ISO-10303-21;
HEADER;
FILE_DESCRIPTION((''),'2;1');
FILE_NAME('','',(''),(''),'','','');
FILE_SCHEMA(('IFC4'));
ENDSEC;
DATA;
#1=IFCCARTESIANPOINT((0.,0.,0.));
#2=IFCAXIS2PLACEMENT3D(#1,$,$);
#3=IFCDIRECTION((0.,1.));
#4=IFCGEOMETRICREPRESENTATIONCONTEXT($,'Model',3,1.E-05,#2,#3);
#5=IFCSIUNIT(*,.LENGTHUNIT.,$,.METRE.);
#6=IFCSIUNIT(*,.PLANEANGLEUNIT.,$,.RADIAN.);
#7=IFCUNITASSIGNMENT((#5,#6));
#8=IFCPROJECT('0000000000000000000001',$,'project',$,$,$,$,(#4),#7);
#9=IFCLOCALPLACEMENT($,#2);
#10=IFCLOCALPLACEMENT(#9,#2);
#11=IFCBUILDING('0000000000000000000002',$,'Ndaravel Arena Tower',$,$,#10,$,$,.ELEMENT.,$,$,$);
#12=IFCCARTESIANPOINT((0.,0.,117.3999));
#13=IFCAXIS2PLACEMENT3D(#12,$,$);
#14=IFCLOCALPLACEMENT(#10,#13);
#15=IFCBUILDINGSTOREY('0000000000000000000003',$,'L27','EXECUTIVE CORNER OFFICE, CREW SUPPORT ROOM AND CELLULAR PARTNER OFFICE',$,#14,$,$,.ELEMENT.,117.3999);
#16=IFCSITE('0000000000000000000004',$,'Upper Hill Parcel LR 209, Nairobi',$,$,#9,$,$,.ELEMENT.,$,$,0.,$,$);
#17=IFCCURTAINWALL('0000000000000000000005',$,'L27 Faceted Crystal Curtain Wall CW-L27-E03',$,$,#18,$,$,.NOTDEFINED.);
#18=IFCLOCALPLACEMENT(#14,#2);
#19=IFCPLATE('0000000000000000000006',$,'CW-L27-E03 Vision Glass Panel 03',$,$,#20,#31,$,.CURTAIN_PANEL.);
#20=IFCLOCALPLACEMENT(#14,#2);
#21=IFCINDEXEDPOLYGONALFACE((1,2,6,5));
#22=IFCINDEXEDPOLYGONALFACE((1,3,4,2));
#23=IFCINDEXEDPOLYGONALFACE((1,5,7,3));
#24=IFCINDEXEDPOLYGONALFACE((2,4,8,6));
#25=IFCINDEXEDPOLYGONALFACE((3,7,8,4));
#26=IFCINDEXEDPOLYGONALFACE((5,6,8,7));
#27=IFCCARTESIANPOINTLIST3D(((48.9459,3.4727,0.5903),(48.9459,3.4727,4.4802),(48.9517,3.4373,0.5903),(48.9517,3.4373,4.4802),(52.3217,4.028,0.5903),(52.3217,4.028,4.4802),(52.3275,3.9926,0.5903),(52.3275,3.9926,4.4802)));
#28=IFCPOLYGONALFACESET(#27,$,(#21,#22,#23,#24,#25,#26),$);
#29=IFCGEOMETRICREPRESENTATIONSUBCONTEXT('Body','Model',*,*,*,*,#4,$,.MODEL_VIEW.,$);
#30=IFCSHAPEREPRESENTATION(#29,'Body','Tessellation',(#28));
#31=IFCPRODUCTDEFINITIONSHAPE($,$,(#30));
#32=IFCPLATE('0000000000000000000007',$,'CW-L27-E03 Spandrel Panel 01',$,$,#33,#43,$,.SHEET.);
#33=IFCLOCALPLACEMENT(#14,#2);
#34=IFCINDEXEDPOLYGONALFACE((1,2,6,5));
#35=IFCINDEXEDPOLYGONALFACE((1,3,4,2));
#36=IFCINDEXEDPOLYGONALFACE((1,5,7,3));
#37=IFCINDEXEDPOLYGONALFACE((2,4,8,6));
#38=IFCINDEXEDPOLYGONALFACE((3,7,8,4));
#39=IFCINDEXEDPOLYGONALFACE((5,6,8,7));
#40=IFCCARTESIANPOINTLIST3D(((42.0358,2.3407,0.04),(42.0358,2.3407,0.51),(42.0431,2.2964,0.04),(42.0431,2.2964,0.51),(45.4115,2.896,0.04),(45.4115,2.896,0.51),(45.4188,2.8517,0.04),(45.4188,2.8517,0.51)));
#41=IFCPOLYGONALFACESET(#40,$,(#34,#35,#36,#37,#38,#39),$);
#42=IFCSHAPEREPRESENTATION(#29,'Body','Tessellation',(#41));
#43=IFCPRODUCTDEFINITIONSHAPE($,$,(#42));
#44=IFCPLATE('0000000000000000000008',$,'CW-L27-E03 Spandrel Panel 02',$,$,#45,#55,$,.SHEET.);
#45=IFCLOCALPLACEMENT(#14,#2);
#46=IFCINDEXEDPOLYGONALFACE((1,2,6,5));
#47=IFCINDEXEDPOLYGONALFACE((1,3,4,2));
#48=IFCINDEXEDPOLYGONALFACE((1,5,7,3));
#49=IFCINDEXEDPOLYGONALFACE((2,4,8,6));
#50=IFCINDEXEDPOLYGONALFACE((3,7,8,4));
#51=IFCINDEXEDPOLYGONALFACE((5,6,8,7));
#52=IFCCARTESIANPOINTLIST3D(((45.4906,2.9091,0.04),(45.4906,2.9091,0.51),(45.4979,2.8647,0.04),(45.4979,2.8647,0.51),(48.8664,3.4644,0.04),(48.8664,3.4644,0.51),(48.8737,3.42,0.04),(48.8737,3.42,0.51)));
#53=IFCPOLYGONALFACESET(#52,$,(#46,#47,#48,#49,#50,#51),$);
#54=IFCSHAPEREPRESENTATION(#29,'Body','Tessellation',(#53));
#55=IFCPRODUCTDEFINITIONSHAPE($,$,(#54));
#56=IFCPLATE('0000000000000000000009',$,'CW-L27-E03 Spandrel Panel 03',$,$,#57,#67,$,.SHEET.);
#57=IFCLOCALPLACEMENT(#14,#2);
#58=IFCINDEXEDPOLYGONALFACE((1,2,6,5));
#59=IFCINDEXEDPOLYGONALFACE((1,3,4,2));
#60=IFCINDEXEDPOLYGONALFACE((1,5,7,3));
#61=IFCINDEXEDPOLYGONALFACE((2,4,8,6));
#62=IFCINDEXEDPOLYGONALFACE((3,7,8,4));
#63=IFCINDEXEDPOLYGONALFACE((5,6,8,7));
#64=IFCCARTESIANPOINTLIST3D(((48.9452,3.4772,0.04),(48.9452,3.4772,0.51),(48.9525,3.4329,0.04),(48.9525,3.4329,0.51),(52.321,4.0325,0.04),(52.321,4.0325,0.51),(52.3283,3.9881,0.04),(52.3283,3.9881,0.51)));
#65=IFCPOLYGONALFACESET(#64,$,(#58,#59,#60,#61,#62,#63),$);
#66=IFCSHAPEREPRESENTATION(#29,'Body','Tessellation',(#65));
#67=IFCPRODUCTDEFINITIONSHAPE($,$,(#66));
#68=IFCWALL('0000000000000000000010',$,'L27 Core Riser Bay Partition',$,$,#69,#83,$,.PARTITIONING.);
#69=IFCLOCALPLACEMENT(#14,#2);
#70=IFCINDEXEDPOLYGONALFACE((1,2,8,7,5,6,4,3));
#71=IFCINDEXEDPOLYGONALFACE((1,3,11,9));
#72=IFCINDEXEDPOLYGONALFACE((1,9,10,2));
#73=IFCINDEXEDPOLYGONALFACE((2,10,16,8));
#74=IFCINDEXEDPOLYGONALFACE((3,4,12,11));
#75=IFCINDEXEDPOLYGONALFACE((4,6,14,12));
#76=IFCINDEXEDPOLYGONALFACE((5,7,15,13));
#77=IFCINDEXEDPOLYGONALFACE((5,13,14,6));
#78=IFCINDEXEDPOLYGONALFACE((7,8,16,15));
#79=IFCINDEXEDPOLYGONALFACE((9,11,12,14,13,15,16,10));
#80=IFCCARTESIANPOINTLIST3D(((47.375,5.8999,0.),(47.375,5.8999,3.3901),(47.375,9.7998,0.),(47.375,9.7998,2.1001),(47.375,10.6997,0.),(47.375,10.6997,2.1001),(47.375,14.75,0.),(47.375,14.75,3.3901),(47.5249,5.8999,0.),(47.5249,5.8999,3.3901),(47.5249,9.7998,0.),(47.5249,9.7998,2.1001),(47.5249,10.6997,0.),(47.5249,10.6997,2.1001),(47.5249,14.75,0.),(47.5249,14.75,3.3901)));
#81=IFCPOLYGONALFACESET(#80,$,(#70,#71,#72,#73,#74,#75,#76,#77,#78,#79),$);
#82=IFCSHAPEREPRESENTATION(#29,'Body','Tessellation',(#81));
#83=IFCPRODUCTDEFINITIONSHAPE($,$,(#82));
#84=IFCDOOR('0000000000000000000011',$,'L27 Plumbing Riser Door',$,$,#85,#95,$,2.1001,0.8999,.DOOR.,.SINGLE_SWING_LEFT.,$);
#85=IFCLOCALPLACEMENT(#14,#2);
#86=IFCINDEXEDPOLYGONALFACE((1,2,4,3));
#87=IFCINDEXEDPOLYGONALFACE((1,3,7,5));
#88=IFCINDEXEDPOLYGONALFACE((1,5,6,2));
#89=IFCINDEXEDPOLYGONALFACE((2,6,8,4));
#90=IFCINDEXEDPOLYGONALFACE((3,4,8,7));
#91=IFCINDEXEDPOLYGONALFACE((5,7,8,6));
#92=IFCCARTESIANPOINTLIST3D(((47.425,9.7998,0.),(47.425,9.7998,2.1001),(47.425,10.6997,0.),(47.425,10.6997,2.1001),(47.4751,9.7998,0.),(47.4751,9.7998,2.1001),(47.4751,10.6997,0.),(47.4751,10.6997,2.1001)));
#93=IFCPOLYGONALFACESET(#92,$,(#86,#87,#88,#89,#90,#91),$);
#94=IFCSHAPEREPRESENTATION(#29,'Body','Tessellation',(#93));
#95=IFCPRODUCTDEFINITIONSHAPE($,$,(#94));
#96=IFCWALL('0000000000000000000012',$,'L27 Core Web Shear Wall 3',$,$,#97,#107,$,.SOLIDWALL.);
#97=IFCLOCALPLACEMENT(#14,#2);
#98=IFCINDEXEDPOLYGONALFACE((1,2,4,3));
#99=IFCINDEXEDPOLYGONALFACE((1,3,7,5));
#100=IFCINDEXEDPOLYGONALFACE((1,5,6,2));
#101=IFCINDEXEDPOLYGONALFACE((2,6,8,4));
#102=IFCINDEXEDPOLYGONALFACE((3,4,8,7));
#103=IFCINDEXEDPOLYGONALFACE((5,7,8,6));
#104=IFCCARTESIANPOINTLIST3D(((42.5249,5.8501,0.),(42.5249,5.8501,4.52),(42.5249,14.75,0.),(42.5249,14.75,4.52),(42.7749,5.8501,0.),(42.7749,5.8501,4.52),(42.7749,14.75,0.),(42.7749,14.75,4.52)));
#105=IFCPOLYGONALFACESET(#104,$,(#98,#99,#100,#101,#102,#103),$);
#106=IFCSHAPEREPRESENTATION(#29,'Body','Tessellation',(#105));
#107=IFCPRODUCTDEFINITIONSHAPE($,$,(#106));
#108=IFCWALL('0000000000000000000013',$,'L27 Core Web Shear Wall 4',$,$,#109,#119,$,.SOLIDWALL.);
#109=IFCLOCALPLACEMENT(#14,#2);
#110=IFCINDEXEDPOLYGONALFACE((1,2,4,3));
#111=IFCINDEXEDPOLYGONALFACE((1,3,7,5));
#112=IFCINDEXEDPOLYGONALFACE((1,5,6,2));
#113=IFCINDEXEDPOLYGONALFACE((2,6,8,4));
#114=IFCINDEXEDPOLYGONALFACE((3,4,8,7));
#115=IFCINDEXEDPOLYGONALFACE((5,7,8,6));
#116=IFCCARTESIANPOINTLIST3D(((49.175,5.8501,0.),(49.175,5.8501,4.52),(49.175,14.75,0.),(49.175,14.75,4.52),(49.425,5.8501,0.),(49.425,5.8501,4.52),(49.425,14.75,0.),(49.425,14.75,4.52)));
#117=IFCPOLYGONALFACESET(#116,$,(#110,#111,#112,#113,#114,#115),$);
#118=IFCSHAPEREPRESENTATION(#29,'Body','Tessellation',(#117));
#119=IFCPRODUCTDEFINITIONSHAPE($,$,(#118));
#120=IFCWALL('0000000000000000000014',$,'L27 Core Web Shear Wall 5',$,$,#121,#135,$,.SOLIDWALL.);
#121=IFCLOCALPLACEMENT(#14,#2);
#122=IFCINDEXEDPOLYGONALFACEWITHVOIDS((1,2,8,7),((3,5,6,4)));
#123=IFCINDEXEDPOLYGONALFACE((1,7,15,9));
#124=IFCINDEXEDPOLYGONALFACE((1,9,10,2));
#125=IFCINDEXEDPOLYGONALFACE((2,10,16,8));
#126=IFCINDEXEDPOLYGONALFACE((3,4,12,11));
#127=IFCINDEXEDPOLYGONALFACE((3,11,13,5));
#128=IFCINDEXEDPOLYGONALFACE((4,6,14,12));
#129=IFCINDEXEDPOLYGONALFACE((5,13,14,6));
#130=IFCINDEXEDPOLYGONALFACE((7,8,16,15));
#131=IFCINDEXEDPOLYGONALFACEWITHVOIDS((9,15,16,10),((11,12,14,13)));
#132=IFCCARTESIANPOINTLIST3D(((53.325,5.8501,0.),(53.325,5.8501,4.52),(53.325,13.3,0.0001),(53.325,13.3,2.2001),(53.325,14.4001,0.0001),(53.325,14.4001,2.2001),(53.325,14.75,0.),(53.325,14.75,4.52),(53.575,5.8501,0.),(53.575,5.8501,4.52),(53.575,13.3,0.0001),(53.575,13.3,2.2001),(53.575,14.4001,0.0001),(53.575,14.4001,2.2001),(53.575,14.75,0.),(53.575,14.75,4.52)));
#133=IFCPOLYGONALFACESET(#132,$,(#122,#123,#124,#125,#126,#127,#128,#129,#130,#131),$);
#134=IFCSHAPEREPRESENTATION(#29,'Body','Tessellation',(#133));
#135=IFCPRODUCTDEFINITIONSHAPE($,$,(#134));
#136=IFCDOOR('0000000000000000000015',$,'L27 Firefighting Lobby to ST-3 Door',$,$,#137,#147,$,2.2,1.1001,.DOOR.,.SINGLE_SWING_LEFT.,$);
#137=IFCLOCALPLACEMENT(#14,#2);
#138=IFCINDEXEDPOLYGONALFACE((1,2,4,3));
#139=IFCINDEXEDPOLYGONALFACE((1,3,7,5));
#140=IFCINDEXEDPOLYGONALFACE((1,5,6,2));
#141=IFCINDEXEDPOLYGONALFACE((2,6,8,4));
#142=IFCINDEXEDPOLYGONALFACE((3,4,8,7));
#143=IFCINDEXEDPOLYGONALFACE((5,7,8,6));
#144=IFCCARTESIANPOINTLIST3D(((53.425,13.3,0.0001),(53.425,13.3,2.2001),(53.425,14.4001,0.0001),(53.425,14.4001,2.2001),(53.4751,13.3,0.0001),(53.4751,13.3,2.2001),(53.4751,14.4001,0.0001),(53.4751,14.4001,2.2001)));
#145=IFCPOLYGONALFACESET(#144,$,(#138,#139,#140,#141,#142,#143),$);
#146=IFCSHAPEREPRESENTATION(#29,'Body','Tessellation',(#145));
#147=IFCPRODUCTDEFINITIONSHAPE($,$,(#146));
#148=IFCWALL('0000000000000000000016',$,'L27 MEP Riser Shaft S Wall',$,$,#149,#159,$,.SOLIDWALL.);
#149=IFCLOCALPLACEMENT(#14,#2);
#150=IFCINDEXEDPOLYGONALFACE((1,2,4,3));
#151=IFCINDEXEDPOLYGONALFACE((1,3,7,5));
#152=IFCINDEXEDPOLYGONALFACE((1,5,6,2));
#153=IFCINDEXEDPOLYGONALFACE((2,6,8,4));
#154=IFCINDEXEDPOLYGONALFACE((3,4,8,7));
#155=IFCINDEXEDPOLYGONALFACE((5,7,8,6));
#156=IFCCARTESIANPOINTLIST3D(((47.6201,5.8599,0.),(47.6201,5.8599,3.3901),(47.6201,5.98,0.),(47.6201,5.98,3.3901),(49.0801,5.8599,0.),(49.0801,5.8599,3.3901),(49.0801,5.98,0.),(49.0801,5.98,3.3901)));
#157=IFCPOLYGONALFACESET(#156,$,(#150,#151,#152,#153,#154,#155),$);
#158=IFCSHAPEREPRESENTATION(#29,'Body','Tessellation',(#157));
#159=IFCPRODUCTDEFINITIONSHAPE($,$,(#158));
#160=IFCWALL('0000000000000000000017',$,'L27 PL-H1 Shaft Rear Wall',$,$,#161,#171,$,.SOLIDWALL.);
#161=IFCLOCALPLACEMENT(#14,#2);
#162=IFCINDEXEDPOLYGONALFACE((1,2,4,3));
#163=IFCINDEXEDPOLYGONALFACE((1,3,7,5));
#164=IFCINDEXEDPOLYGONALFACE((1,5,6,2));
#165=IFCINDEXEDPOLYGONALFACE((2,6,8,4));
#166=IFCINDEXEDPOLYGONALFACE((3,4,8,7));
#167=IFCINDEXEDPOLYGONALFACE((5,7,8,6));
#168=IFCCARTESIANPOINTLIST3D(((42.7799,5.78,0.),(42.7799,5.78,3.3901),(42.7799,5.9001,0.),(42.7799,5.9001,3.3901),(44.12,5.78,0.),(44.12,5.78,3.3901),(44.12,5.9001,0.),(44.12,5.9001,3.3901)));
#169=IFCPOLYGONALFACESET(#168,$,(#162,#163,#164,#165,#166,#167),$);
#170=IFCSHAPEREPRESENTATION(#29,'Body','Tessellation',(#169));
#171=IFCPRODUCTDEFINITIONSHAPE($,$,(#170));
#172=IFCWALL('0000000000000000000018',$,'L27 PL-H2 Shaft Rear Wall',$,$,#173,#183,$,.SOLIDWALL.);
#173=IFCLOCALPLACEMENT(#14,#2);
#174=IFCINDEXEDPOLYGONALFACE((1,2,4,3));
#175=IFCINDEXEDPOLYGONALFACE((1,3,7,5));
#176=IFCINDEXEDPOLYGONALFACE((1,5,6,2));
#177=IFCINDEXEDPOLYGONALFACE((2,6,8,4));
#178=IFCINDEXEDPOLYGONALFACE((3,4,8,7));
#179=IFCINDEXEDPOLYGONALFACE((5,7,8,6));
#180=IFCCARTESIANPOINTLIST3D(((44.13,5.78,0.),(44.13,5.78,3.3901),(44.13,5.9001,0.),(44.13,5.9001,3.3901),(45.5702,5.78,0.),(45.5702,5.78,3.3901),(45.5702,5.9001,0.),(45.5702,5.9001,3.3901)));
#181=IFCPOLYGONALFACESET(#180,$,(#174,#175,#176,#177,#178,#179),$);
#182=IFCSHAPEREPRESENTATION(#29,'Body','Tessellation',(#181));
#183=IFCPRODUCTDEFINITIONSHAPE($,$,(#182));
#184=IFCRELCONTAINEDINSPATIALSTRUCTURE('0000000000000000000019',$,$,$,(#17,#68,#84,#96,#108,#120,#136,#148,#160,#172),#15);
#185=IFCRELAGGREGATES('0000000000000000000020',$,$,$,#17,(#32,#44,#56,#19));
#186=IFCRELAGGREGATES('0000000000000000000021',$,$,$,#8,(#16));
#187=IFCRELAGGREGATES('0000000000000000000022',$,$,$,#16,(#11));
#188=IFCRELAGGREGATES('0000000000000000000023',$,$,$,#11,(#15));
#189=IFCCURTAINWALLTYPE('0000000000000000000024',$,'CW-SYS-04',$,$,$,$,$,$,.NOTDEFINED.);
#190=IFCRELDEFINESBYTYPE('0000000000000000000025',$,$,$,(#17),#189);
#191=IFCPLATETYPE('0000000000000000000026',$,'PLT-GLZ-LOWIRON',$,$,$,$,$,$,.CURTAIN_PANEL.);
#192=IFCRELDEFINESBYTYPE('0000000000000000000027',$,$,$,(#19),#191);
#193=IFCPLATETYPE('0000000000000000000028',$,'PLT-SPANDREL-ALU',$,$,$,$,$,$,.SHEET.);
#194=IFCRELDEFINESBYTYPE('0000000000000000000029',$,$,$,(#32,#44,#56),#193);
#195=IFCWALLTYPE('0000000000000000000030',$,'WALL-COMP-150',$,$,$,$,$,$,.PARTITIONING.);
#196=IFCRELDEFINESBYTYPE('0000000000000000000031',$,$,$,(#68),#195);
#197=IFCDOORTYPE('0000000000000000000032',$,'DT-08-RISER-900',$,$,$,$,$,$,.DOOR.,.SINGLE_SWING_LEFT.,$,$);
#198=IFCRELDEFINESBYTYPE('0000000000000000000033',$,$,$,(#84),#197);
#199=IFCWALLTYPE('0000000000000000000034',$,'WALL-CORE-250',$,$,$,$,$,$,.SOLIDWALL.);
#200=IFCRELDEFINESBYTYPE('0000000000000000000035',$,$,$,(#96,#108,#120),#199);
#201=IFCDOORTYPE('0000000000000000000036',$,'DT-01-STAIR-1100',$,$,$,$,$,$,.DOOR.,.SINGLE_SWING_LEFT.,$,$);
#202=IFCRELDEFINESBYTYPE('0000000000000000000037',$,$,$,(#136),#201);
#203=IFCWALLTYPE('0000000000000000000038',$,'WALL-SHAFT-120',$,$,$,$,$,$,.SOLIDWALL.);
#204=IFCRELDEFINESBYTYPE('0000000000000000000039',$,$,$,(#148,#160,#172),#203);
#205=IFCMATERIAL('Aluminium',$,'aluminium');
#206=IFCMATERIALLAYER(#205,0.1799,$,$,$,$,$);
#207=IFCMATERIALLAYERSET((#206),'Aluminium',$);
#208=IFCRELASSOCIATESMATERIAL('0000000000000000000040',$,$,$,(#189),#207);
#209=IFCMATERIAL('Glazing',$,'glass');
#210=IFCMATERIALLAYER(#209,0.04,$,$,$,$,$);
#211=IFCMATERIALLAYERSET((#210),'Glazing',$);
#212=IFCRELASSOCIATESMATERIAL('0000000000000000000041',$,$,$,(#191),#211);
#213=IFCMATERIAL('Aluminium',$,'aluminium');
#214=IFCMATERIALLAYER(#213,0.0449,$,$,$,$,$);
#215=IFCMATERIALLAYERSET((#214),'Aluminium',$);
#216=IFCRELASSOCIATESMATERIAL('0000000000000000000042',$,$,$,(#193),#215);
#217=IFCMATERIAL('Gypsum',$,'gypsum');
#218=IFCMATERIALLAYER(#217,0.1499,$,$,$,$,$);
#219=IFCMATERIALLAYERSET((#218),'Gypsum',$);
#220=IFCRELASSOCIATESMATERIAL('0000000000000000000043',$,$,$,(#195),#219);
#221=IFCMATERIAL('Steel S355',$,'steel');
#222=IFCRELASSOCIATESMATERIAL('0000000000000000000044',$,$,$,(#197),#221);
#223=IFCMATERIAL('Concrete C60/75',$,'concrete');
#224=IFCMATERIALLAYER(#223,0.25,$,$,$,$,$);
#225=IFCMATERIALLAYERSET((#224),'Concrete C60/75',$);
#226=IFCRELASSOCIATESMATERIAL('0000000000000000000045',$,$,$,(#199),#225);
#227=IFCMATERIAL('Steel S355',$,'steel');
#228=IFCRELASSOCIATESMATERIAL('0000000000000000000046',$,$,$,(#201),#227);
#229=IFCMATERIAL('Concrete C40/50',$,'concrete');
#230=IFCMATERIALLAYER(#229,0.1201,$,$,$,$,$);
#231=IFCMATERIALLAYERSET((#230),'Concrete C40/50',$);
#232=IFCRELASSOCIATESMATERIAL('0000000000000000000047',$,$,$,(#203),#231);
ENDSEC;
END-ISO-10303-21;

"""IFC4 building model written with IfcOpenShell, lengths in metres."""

from ifc_helpers import new_model, si_unit, direction, frame, frame_2d, origin, origin_2d, place, context, subcontext, project, spatial, rectangle, extrude, material, layer, layer_set, type_object, element, fill, aggregate, save


model = new_model("IFC4")

# Units and contexts
model_context = context("Model", 3, precision=1e-05, world=origin(), true_north=direction((0.0, 1.0)))
body_context = subcontext(model_context, "Body", "Model", "MODEL_VIEW")
ifc_project = project(units=[si_unit("LENGTHUNIT", "METRE"), si_unit("PLANEANGLEUNIT", "RADIAN")], contexts=[model_context])

# Site, building, storey
site_placement = place(None, origin())
site = spatial("IfcSite", under=ifc_project, at=site_placement, Name="Upper Hill Parcel LR 209, Nairobi", CompositionType="ELEMENT", RefElevation=0.0)
building_placement = place(site_placement, origin())
building = spatial("IfcBuilding", under=site, at=building_placement, Name="Ndaravel Arena Tower", CompositionType="ELEMENT")
storey_placement = place(building_placement, frame((0.0, 0.0, 117.3999)))
storey = spatial("IfcBuildingStorey", under=building, at=storey_placement, Name="L27", Description="EXECUTIVE CORNER OFFICE, CREW SUPPORT ROOM AND CELLULAR PARTNER OFFICE", CompositionType="ELEMENT", Elevation=117.3999)

# Curtain wall
ifc_material_1 = material(Name="Aluminium", Category="aluminium")
ifc_layer_1 = layer(ifc_material_1, 0.1799)
ifc_layer_set_1 = layer_set([ifc_layer_1], Name="Aluminium")
curtain_wall_type = type_object("IfcCurtainWallType", Name="CW-SYS-04", PredefinedType="NOTDEFINED", material=ifc_layer_set_1)
curtain_wall_placement = place(storey_placement, origin())
curtain_wall = element("IfcCurtainWall", 1, at=curtain_wall_placement, inside=storey, type_object=curtain_wall_type, Name="L27 Faceted Crystal Curtain Wall CW-L27-E03", PredefinedType="NOTDEFINED")

# Plates
ifc_material_2 = material(Name="Glazing", Category="glass")
ifc_layer_2 = layer(ifc_material_2, 0.04)
ifc_layer_set_2 = layer_set([ifc_layer_2], Name="Glazing")
plate_type_1 = type_object("IfcPlateType", Name="PLT-GLZ-LOWIRON", PredefinedType="CURTAIN_PANEL", material=ifc_layer_set_2)
plate_1_placement = place(storey_placement, frame((50.6367, 3.7327, 0.5903), z_axis=(0.0, 0.0, 1.0), x_axis=(0.98674, 0.16231, 0.0)))
plate_1 = element("IfcPlate", 2, at=plate_1_placement, type_object=plate_type_1, Name="CW-L27-E03 Vision Glass Panel 03", PredefinedType="CURTAIN_PANEL", context=body_context, shape_type="SweptSolid", body=[
    extrude(rectangle(XDim=3.4211, YDim=0.0359, at=origin_2d()), origin(), (0.0, 0.0, 1.0), 3.8899),
])
ifc_material_3 = material(Name="Aluminium", Category="aluminium")
ifc_layer_3 = layer(ifc_material_3, 0.0449)
ifc_layer_set_3 = layer_set([ifc_layer_3], Name="Aluminium")
plate_type_2 = type_object("IfcPlateType", Name="PLT-SPANDREL-ALU", PredefinedType="SHEET", material=ifc_layer_set_3)
plate_2_placement = place(storey_placement, frame((43.7273, 2.5962, 0.04), z_axis=(0.0, 0.0, 1.0), x_axis=(0.98674, 0.16231, 0.0)))
plate_2 = element("IfcPlate", 3, at=plate_2_placement, type_object=plate_type_2, Name="CW-L27-E03 Spandrel Panel 01", PredefinedType="SHEET", context=body_context, shape_type="SweptSolid", body=[
    extrude(rectangle(XDim=3.4211, YDim=0.0449, at=origin_2d()), origin(), (0.0, 0.0, 1.0), 0.47),
])
plate_3_placement = place(storey_placement, frame((47.1821, 3.1646, 0.04), z_axis=(0.0, 0.0, 1.0), x_axis=(0.98674, 0.16231, 0.0)))
plate_3 = element("IfcPlate", 4, at=plate_3_placement, type_object=plate_type_2, Name="CW-L27-E03 Spandrel Panel 02", PredefinedType="SHEET", context=body_context, shape_type="SweptSolid", body=[
    extrude(rectangle(XDim=3.4211, YDim=0.0449, at=origin_2d()), origin(), (0.0, 0.0, 1.0), 0.47),
])
plate_4_placement = place(storey_placement, frame((50.6367, 3.7327, 0.04), z_axis=(0.0, 0.0, 1.0), x_axis=(0.98674, 0.16231, 0.0)))
plate_4 = element("IfcPlate", 5, at=plate_4_placement, type_object=plate_type_2, Name="CW-L27-E03 Spandrel Panel 03", PredefinedType="SHEET", context=body_context, shape_type="SweptSolid", body=[
    extrude(rectangle(XDim=3.4211, YDim=0.0449, at=origin_2d()), origin(), (0.0, 0.0, 1.0), 0.47),
])
aggregate(curtain_wall, [plate_2, plate_3, plate_4, plate_1])

# Wall, opening, door
ifc_material_4 = material(Name="Gypsum", Category="gypsum")
ifc_layer_4 = layer(ifc_material_4, 0.1499)
ifc_layer_set_4 = layer_set([ifc_layer_4], Name="Gypsum")
wall_type_1 = type_object("IfcWallType", Name="WALL-COMP-150", PredefinedType="PARTITIONING", material=ifc_layer_set_4)
wall_1_placement = place(storey_placement, frame((47.45, 5.8999, 0.0), z_axis=(0.0, 0.0, 1.0), x_axis=(0.0, 1.0, 0.0)))
wall_1 = element("IfcWall", 6, at=wall_1_placement, inside=storey, type_object=wall_type_1, Name="L27 Core Riser Bay Partition", PredefinedType="PARTITIONING", context=body_context, shape_type="SweptSolid", body=[
    extrude(rectangle(XDim=8.8501, YDim=0.1499, at=frame_2d((4.425, 0.0))), origin(), (0.0, 0.0, 1.0), 3.3901),
])
opening_1_placement = place(wall_1_placement, frame((3.8999, 0.0, 0.0)))
opening_1 = element("IfcOpeningElement", 7, at=opening_1_placement, cuts=wall_1, PredefinedType="OPENING", context=body_context, shape_type="SweptSolid", body=[
    extrude(rectangle(XDim=0.8999, YDim=2.1001, at=frame_2d((0.45, 1.05))), frame((0.0, 0.075, 0.0), z_axis=(0.0, -1.0, 0.0), x_axis=(1.0, 0.0, 0.0)), (0.0, 0.0, 1.0), 0.1499),
])
ifc_material_5 = material(Name="Steel S355", Category="steel")
door_type_1 = type_object("IfcDoorType", Name="DT-08-RISER-900", OperationType="SINGLE_SWING_LEFT", PredefinedType="DOOR", material=ifc_material_5)
door_1_placement = place(opening_1_placement, origin())
door_1 = element("IfcDoor", 8, at=door_1_placement, inside=storey, type_object=door_type_1, Name="L27 Plumbing Riser Door", OperationType="SINGLE_SWING_LEFT", OverallHeight=2.1001, OverallWidth=0.8999, PredefinedType="DOOR", context=body_context, shape_type="SweptSolid", body=[
    extrude(rectangle(XDim=0.8999, YDim=2.1001, at=frame_2d((0.45, 1.05))), frame((0.0, 0.0249, 0.0), z_axis=(0.0, -1.0, 0.0), x_axis=(1.0, 0.0, 0.0)), (0.0, 0.0, 1.0), 0.05),
])
fill(opening_1, door_1)

# Walls
ifc_material_6 = material(Name="Concrete C60/75", Category="concrete")
ifc_layer_5 = layer(ifc_material_6, 0.25)
ifc_layer_set_5 = layer_set([ifc_layer_5], Name="Concrete C60/75")
wall_type_2 = type_object("IfcWallType", Name="WALL-CORE-250", PredefinedType="SOLIDWALL", material=ifc_layer_set_5)
for number, where, z_axis, x_axis, name in (
    (9, (42.6499, 5.8501, 0.0), (0.0, 0.0, 1.0), (0.0, 1.0, 0.0), "L27 Core Web Shear Wall 3"),
    (10, (49.3, 5.8501, 0.0), (0.0, 0.0, 1.0), (0.0, 1.0, 0.0), "L27 Core Web Shear Wall 4"),
):
    element("IfcWall", number, at=place(storey_placement, frame(where, z_axis=z_axis, x_axis=x_axis)), inside=storey, type_object=wall_type_2, Name=name, PredefinedType="SOLIDWALL", context=body_context, shape_type="SweptSolid", body=[
        extrude(rectangle(XDim=8.8999, YDim=0.25, at=frame_2d((4.45, 0.0))), origin(), (0.0, 0.0, 1.0), 4.52),
    ])

# Wall, opening, door
wall_2_placement = place(storey_placement, frame((53.45, 5.8501, 0.0), z_axis=(0.0, 0.0, 1.0), x_axis=(0.0, 1.0, 0.0)))
wall_2 = element("IfcWall", 11, at=wall_2_placement, inside=storey, type_object=wall_type_2, Name="L27 Core Web Shear Wall 5", PredefinedType="SOLIDWALL", context=body_context, shape_type="SweptSolid", body=[
    extrude(rectangle(XDim=8.8999, YDim=0.25, at=frame_2d((4.45, 0.0))), origin(), (0.0, 0.0, 1.0), 4.52),
])
opening_2_placement = place(wall_2_placement, frame((7.45, 0.0, 0.0)))
opening_2 = element("IfcOpeningElement", 12, at=opening_2_placement, cuts=wall_2, PredefinedType="OPENING", context=body_context, shape_type="SweptSolid", body=[
    extrude(rectangle(XDim=1.1001, YDim=2.2, at=frame_2d((0.55, 1.1001))), frame((0.0, 0.125, 0.0), z_axis=(0.0, -1.0, 0.0), x_axis=(1.0, 0.0, 0.0)), (0.0, 0.0, 1.0), 0.25),
])
ifc_material_7 = material(Name="Steel S355", Category="steel")
door_type_2 = type_object("IfcDoorType", Name="DT-01-STAIR-1100", OperationType="SINGLE_SWING_LEFT", PredefinedType="DOOR", material=ifc_material_7)
door_2_placement = place(opening_2_placement, origin())
door_2 = element("IfcDoor", 13, at=door_2_placement, inside=storey, type_object=door_type_2, Name="L27 Firefighting Lobby to ST-3 Door", OperationType="SINGLE_SWING_LEFT", OverallHeight=2.2, OverallWidth=1.1001, PredefinedType="DOOR", context=body_context, shape_type="SweptSolid", body=[
    extrude(rectangle(XDim=1.1001, YDim=2.2, at=frame_2d((0.55, 1.1001))), frame((0.0, 0.0249, 0.0), z_axis=(0.0, -1.0, 0.0), x_axis=(1.0, 0.0, 0.0)), (0.0, 0.0, 1.0), 0.05),
])
fill(opening_2, door_2)

# Walls
ifc_material_8 = material(Name="Concrete C40/50", Category="concrete")
ifc_layer_6 = layer(ifc_material_8, 0.1201)
ifc_layer_set_6 = layer_set([ifc_layer_6], Name="Concrete C40/50")
wall_type_3 = type_object("IfcWallType", Name="WALL-SHAFT-120", PredefinedType="SOLIDWALL", material=ifc_layer_set_6)
wall_3_placement = place(storey_placement, frame((47.6201, 5.9199, 0.0), z_axis=(0.0, 0.0, 1.0), x_axis=(1.0, 0.0, 0.0)))
element("IfcWall", 14, at=wall_3_placement, inside=storey, type_object=wall_type_3, Name="L27 MEP Riser Shaft S Wall", PredefinedType="SOLIDWALL", context=body_context, shape_type="SweptSolid", body=[
    extrude(rectangle(XDim=1.46, YDim=0.1201, at=frame_2d((0.73, 0.0))), origin(), (0.0, 0.0, 1.0), 3.3901),
])
wall_4_placement = place(storey_placement, frame((42.78, 5.8401, 0.0), z_axis=(0.0, 0.0, 1.0), x_axis=(1.0, 0.0, 0.0)))
element("IfcWall", 15, at=wall_4_placement, inside=storey, type_object=wall_type_3, Name="L27 PL-H1 Shaft Rear Wall", PredefinedType="SOLIDWALL", context=body_context, shape_type="SweptSolid", body=[
    extrude(rectangle(XDim=1.3401, YDim=0.1201, at=frame_2d((0.6699, 0.0))), origin(), (0.0, 0.0, 1.0), 3.3901),
])
wall_5_placement = place(storey_placement, frame((44.1299, 5.8401, 0.0), z_axis=(0.0, 0.0, 1.0), x_axis=(1.0, 0.0, 0.0)))
element("IfcWall", 16, at=wall_5_placement, inside=storey, type_object=wall_type_3, Name="L27 PL-H2 Shaft Rear Wall", PredefinedType="SOLIDWALL", context=body_context, shape_type="SweptSolid", body=[
    extrude(rectangle(XDim=1.4402, YDim=0.1201, at=frame_2d((0.7202, 0.0))), origin(), (0.0, 0.0, 1.0), 3.3901),
])

save(model, "model.ifc")
